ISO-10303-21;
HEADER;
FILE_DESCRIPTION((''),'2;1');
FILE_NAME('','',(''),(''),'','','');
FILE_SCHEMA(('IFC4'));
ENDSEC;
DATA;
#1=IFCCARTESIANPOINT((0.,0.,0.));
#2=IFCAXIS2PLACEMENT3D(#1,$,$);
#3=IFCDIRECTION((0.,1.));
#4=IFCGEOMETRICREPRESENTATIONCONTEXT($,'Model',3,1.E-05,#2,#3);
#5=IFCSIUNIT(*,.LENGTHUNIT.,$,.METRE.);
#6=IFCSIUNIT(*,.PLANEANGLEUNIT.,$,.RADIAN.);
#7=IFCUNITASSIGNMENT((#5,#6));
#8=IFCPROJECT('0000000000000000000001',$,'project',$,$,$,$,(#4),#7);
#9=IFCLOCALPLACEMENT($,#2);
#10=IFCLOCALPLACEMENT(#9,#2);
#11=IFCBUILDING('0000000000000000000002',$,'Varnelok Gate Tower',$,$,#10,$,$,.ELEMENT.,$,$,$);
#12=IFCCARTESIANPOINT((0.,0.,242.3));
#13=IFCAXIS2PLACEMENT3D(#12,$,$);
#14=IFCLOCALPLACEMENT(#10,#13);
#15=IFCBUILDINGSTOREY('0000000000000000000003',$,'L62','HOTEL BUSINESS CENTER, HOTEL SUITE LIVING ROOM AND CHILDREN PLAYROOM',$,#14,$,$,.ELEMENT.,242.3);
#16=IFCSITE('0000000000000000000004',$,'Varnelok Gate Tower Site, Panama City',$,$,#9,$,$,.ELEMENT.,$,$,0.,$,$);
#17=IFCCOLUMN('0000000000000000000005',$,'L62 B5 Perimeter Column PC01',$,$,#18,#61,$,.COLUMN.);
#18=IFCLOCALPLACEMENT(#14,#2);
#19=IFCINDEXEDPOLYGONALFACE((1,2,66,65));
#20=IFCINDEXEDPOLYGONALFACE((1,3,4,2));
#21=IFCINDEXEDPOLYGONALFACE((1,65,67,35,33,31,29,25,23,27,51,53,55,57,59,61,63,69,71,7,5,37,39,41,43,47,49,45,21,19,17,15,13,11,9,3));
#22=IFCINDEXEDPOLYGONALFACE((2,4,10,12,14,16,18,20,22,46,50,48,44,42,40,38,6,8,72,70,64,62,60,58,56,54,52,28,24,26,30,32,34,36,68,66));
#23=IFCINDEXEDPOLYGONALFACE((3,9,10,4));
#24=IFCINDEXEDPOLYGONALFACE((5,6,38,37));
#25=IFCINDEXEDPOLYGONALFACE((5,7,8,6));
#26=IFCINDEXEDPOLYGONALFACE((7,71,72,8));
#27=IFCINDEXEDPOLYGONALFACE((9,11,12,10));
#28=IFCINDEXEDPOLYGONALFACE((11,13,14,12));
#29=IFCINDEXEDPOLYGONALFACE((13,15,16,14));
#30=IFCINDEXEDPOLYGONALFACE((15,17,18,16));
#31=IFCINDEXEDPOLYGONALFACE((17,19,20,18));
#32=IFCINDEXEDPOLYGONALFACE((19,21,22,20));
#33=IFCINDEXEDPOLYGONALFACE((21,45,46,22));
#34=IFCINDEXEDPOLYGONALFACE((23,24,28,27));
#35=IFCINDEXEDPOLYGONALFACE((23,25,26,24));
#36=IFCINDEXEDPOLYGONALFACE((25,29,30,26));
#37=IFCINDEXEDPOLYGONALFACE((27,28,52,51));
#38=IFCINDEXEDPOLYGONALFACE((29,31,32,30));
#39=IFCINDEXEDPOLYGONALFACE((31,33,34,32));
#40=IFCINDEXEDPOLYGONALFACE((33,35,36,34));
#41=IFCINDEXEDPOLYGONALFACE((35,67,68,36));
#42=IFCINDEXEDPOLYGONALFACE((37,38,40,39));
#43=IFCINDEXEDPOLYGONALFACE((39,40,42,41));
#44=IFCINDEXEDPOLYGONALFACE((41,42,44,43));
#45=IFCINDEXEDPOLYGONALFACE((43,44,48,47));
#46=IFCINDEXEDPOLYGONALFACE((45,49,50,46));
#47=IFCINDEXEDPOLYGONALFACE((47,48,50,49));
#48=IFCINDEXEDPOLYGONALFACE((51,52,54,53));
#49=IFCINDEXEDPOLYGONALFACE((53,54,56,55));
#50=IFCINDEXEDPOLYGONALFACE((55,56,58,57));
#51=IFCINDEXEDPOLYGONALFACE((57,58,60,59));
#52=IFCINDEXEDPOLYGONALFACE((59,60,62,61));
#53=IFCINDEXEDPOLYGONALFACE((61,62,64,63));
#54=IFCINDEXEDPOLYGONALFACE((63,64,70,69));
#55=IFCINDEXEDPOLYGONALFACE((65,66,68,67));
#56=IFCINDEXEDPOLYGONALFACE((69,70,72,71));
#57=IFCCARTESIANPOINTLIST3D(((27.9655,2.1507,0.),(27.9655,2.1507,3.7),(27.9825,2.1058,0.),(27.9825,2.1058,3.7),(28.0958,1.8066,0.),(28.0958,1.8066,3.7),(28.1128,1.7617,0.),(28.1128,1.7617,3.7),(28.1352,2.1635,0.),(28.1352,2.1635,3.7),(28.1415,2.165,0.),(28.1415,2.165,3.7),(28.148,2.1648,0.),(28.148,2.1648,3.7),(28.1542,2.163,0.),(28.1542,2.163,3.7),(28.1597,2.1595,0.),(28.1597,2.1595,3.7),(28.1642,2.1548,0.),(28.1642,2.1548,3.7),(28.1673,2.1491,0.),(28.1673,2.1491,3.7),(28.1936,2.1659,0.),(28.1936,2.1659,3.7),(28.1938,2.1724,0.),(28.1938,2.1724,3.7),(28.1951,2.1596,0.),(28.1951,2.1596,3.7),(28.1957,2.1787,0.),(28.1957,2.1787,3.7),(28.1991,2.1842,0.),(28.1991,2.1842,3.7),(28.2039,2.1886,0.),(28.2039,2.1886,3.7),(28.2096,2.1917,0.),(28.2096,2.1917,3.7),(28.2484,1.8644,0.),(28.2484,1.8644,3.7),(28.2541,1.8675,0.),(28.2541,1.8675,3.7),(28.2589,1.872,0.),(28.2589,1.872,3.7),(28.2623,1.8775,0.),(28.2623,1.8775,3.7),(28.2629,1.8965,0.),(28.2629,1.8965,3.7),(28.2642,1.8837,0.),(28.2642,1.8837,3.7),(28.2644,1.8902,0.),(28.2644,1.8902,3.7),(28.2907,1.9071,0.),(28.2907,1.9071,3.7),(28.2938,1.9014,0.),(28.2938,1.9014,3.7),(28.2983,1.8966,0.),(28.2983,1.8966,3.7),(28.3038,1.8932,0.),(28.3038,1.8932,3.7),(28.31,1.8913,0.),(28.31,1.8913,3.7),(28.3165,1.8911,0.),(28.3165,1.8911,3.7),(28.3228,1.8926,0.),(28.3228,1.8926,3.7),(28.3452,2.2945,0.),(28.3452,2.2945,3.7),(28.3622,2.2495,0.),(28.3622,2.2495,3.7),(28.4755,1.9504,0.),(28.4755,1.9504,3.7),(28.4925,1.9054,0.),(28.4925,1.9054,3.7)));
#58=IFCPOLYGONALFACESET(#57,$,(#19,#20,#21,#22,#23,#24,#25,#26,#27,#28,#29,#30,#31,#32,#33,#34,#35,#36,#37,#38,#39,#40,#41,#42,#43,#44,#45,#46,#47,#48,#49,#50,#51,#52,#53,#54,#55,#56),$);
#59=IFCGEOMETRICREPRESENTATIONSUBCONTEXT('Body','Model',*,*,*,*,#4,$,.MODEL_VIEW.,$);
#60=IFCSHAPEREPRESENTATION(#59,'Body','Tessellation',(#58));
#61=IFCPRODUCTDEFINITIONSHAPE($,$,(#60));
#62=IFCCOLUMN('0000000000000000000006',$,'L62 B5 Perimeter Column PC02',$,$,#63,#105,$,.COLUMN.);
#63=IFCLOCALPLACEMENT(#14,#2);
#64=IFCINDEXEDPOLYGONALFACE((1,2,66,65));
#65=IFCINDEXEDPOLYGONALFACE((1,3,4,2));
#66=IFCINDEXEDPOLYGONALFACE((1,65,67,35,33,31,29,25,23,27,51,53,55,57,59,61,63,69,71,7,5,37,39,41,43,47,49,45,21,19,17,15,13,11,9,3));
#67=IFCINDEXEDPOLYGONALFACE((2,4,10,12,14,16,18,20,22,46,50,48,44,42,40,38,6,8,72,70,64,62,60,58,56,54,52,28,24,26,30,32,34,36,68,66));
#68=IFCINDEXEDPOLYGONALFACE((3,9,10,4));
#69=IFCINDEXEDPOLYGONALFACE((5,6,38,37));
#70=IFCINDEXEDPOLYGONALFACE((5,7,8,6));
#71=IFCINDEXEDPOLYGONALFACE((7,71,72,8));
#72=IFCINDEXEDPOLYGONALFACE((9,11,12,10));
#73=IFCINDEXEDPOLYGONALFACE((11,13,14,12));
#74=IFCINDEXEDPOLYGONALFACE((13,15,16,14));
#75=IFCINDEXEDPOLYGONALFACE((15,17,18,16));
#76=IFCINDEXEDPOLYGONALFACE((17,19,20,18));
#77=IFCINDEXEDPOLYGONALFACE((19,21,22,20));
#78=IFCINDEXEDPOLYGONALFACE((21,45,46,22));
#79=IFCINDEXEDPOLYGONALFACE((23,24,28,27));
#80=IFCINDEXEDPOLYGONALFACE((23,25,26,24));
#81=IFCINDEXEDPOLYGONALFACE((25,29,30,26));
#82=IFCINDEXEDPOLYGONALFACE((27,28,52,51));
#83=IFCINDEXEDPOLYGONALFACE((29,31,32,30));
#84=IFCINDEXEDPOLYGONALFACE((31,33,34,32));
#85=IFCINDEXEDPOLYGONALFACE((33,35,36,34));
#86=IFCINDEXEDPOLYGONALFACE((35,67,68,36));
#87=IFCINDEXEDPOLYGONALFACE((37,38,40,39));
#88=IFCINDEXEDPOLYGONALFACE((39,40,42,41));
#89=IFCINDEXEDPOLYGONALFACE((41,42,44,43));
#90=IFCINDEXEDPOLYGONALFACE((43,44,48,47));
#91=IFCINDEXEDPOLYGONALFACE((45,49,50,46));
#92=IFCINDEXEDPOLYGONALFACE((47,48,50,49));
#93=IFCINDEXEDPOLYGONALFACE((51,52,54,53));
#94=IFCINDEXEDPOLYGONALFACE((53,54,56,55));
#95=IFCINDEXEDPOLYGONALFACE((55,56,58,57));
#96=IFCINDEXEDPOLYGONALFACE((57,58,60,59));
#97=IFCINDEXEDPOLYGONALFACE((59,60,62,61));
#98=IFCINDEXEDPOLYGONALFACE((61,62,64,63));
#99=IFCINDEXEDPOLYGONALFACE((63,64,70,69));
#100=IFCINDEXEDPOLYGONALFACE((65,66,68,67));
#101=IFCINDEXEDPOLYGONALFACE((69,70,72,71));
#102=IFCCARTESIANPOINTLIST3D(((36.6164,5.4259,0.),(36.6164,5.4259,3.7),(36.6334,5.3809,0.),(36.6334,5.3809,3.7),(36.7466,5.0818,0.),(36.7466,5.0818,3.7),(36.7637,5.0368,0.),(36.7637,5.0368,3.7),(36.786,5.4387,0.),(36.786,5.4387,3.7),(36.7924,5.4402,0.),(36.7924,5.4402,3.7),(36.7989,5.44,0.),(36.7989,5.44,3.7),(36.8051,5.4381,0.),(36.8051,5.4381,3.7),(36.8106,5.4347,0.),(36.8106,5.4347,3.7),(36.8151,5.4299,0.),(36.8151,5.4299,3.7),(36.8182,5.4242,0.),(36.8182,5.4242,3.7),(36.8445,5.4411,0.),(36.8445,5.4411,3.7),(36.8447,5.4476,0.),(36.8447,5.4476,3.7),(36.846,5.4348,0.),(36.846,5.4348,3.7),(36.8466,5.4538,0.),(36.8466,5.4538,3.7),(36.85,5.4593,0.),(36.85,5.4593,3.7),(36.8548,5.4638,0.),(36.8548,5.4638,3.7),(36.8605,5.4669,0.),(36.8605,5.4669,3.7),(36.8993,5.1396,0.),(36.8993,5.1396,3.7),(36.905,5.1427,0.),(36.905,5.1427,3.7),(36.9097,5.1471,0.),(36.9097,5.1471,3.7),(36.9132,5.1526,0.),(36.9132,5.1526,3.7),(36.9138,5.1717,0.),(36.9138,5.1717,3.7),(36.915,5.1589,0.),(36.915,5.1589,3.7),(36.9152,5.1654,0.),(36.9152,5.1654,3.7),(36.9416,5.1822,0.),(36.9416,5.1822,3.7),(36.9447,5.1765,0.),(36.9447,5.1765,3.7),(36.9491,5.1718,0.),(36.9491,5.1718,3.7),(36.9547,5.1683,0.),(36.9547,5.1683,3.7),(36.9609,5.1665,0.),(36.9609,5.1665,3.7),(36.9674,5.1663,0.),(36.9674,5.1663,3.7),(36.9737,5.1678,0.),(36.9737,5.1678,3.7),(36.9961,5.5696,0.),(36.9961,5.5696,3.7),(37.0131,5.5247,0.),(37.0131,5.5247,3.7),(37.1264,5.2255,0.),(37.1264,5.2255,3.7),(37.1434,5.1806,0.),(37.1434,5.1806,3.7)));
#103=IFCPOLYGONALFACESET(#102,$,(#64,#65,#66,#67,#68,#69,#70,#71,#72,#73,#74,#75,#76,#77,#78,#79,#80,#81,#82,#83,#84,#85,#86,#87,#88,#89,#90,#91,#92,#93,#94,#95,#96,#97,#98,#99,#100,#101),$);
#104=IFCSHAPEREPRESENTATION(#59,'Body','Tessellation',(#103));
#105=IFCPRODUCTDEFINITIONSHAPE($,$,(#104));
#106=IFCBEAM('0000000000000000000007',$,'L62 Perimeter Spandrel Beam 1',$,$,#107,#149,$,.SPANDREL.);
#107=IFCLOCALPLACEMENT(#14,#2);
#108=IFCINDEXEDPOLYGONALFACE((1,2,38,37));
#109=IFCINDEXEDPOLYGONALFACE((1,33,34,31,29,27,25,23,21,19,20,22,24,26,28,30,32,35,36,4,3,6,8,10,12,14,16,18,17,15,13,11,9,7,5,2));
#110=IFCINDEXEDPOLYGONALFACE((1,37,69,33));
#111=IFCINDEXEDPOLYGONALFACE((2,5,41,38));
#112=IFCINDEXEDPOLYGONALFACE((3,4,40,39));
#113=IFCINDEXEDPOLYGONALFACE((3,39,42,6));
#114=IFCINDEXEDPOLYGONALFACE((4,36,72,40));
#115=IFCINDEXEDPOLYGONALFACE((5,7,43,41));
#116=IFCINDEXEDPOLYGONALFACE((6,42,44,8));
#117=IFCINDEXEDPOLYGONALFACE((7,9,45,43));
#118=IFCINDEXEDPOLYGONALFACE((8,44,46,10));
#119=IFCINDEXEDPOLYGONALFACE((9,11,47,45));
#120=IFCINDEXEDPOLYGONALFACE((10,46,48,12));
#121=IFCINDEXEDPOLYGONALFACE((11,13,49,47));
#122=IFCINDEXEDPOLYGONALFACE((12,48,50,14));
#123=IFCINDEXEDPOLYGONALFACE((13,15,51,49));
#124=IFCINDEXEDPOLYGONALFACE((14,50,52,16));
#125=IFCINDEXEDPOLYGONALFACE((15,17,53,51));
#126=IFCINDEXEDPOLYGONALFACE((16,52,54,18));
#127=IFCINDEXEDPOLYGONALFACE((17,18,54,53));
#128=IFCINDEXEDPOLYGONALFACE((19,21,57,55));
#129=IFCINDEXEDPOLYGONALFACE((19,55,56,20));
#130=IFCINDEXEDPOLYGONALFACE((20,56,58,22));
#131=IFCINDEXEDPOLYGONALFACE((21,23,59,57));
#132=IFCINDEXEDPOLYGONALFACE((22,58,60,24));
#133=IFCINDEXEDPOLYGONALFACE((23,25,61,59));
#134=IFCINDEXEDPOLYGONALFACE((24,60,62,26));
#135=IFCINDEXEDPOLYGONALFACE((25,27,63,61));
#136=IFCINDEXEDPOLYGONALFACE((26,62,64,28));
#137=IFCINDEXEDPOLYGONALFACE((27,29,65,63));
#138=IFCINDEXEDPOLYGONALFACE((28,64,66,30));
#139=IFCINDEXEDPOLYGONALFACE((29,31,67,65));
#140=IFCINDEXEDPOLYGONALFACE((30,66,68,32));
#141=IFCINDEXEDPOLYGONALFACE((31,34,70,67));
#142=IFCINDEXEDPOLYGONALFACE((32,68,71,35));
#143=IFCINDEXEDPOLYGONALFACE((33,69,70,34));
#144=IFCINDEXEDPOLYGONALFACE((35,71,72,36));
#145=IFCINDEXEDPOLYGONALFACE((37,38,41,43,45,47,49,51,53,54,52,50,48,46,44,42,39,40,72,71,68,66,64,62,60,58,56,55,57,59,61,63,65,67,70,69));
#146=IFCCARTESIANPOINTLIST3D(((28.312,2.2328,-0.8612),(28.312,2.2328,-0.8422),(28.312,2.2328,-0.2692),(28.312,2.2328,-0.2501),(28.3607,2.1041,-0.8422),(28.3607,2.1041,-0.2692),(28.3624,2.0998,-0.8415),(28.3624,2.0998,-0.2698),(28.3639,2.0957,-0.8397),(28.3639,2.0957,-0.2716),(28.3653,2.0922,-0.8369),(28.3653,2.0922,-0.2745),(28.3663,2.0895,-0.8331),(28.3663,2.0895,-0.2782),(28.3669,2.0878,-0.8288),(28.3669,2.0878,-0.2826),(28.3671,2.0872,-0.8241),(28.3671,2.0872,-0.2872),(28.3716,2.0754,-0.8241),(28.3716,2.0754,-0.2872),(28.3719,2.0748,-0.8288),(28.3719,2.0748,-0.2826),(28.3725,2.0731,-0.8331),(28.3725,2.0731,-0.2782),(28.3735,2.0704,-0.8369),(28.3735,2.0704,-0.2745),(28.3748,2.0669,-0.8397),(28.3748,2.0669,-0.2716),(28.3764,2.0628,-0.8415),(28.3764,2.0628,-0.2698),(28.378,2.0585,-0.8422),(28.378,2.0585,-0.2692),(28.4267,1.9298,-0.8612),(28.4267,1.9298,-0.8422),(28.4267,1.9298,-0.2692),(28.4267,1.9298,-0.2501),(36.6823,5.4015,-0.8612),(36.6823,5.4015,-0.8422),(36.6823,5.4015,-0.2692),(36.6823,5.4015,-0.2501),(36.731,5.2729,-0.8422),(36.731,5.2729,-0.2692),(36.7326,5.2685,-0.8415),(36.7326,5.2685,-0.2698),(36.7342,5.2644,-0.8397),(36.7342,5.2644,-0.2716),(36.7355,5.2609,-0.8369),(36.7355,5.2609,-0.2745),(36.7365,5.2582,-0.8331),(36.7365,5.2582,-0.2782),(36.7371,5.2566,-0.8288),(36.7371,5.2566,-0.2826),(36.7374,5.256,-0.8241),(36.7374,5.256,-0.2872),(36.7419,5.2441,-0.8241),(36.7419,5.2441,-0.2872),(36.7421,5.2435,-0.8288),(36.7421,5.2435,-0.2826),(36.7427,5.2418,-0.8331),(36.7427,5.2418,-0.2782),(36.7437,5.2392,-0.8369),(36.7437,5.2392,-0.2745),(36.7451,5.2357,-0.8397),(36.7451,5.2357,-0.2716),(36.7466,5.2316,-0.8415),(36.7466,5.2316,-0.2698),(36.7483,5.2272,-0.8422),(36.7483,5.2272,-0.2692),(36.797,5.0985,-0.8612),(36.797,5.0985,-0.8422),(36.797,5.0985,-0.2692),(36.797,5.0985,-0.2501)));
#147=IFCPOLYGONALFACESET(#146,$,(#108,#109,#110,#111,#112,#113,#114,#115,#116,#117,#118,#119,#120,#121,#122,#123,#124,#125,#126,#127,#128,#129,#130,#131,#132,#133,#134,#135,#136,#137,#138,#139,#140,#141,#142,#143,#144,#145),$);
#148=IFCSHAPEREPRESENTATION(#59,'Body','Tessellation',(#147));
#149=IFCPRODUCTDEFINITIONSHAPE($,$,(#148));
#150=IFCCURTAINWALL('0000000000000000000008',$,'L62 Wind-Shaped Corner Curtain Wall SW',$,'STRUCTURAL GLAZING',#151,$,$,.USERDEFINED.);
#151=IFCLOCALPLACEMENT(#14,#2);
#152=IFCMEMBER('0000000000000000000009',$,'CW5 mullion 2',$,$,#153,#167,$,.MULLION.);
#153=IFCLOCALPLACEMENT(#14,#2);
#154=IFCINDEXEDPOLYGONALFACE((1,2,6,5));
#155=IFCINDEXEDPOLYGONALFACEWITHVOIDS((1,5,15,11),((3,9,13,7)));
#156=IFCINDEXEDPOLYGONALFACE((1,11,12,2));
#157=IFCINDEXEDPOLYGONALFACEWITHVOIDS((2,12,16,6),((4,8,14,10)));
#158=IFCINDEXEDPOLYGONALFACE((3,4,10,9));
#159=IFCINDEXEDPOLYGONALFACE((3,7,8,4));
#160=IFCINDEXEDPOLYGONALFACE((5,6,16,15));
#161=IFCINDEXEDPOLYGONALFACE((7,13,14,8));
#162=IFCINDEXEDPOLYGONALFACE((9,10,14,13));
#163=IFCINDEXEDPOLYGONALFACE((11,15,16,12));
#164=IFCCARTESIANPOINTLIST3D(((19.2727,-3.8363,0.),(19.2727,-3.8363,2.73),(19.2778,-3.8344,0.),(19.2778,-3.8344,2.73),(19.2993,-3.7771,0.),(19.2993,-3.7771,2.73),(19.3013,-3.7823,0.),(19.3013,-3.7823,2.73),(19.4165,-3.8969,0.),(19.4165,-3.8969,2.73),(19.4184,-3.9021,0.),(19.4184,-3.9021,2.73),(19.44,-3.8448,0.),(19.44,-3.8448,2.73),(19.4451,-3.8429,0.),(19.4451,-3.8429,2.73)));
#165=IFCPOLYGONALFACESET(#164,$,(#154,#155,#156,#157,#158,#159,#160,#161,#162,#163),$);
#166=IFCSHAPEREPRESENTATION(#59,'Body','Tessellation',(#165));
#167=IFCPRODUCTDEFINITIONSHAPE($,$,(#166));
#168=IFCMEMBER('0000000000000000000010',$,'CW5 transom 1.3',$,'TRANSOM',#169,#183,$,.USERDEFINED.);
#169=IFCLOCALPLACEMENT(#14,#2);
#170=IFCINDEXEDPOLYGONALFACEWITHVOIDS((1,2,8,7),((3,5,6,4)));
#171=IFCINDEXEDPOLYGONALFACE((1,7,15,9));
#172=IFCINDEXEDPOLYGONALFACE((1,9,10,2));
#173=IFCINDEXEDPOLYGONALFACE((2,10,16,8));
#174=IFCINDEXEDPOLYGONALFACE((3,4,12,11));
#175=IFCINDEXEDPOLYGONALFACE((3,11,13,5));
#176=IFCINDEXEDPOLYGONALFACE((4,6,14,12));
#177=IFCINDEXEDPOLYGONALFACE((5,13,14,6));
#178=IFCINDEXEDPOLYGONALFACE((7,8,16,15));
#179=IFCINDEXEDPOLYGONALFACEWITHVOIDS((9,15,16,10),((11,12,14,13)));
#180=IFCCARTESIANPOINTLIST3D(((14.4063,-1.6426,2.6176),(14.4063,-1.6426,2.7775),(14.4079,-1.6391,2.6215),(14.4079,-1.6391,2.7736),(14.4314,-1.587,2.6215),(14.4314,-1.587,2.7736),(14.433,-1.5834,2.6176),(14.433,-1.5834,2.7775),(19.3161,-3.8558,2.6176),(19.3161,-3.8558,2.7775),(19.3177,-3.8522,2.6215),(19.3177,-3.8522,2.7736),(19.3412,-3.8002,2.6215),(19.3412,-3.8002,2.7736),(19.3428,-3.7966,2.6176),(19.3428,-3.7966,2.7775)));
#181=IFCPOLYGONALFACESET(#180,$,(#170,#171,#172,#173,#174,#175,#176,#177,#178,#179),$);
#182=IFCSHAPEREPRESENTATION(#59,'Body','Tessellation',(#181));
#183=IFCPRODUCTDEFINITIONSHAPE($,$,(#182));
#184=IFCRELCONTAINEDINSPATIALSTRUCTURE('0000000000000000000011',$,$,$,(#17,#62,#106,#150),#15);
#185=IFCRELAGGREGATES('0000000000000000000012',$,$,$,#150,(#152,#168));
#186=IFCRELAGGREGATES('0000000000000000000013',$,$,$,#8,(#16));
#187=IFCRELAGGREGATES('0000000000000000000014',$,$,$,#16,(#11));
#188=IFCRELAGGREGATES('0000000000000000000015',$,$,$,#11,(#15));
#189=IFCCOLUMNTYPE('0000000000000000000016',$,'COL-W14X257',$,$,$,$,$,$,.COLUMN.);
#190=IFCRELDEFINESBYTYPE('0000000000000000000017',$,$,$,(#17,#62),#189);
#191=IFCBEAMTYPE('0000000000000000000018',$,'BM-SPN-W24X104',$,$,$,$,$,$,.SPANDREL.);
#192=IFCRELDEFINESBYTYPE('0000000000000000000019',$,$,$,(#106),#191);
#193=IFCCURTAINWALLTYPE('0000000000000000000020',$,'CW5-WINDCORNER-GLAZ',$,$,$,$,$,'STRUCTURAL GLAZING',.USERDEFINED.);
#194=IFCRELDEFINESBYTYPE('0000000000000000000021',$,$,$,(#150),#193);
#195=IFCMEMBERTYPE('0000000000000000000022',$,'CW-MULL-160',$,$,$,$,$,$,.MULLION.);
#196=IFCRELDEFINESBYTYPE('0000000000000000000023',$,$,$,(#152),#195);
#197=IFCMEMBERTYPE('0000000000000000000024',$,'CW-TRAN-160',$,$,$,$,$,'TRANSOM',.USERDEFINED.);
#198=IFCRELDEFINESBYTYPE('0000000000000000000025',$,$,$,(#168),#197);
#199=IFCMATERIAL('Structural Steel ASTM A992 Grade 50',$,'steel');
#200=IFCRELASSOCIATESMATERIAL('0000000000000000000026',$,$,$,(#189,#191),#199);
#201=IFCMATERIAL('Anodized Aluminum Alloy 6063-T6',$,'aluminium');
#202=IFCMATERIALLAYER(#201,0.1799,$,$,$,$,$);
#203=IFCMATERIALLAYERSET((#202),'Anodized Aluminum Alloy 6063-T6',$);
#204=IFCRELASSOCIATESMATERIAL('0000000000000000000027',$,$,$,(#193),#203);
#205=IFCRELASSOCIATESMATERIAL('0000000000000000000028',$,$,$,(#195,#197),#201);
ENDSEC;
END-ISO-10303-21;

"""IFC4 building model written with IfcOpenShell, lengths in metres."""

from ifc_helpers import new_model, si_unit, direction, frame, origin, origin_2d, place, context, subcontext, project, spatial, hollow_rectangle, i_section, extrude, material, layer, layer_set, material_profile, profile_set, type_object, element, aggregate, save


model = new_model("IFC4")

# Units and contexts
model_context = context("Model", 3, precision=1e-05, world=origin(), true_north=direction((0.0, 1.0)))
body_context = subcontext(model_context, "Body", "Model", "MODEL_VIEW")
ifc_project = project(units=[si_unit("LENGTHUNIT", "METRE"), si_unit("PLANEANGLEUNIT", "RADIAN")], contexts=[model_context])

# Site, building, storey
site_placement = place(None, origin())
site = spatial("IfcSite", under=ifc_project, at=site_placement, Name="Varnelok Gate Tower Site, Panama City", CompositionType="ELEMENT", RefElevation=0.0)
building_placement = place(site_placement, origin())
building = spatial("IfcBuilding", under=site, at=building_placement, Name="Varnelok Gate Tower", CompositionType="ELEMENT")
storey_placement = place(building_placement, frame((0.0, 0.0, 242.3)))
storey = spatial("IfcBuildingStorey", under=building, at=storey_placement, Name="L62", Description="HOTEL BUSINESS CENTER, HOTEL SUITE LIVING ROOM AND CHILDREN PLAYROOM", CompositionType="ELEMENT", Elevation=242.3)

# Columns
ifc_material_1 = material(Name="Structural Steel ASTM A992 Grade 50", Category="steel")
ifc_material_profile_1 = material_profile(ifc_material_1, i_section(OverallWidth=0.406, OverallDepth=0.416, WebThickness=0.0298, FlangeThickness=0.0481, FilletRadius=0.0249, at=origin_2d()), Name="W14X257")
ifc_profile_set_1 = profile_set([ifc_material_profile_1], Name="Structural Steel ASTM A992 Grade 50")
column_type = type_object("IfcColumnType", Name="COL-W14X257", PredefinedType="COLUMN", material=ifc_profile_set_1)
for number, where, z_axis, x_axis, name in (
    (1, (28.229, 2.0281, 0.0), (0.0, 0.0, 1.0), (0.935222, 0.354063, 0.0), "L62 B5 Perimeter Column PC01"),
    (2, (36.8799, 5.3032, 0.0), (0.0, 0.0, 1.0), (0.935222, 0.354063, 0.0), "L62 B5 Perimeter Column PC02"),
):
    element("IfcColumn", number, at=place(storey_placement, frame(where, z_axis=z_axis, x_axis=x_axis)), inside=storey, type_object=column_type, Name=name, PredefinedType="COLUMN", context=body_context, shape_type="SweptSolid", body=[
        extrude(i_section(OverallWidth=0.406, OverallDepth=0.416, WebThickness=0.0298, FlangeThickness=0.0481, FilletRadius=0.0249, at=origin_2d()), origin(), (0.0, 0.0, 1.0), 3.7),
    ])

# Beam
ifc_material_profile_2 = material_profile(ifc_material_1, i_section(OverallWidth=0.324, OverallDepth=0.6111, WebThickness=0.0127, FlangeThickness=0.019, FilletRadius=0.0181, at=origin_2d()), Name="W24X104")
ifc_profile_set_2 = profile_set([ifc_material_profile_2], Name="Structural Steel ASTM A992 Grade 50")
beam_type = type_object("IfcBeamType", Name="BM-SPN-W24X104", PredefinedType="SPANDREL", material=ifc_profile_set_2)
beam_placement = place(storey_placement, frame((28.3694, 2.0813, -0.5557), z_axis=(0.935226, 0.354051, 0.0), x_axis=(-0.354051, 0.935226, 0.0)))
element("IfcBeam", 3, at=beam_placement, inside=storey, type_object=beam_type, Name="L62 Perimeter Spandrel Beam 1", PredefinedType="SPANDREL", context=body_context, shape_type="SweptSolid", body=[
    extrude(i_section(OverallWidth=0.324, OverallDepth=0.6111, WebThickness=0.0127, FlangeThickness=0.019, FilletRadius=0.0181, at=origin_2d()), origin(), (0.0, 0.0, 1.0), 8.95),
])

# Curtain wall, members
ifc_material_2 = material(Name="Anodized Aluminum Alloy 6063-T6", Category="aluminium")
ifc_layer_1 = layer(ifc_material_2, 0.1799)
ifc_layer_set_1 = layer_set([ifc_layer_1], Name="Anodized Aluminum Alloy 6063-T6")
curtain_wall_type = type_object("IfcCurtainWallType", Name="CW5-WINDCORNER-GLAZ", ElementType="STRUCTURAL GLAZING", PredefinedType="USERDEFINED", material=ifc_layer_set_1)
curtain_wall_placement = place(storey_placement, origin())
curtain_wall = element("IfcCurtainWall", 4, at=curtain_wall_placement, inside=storey, type_object=curtain_wall_type, Name="L62 Wind-Shaped Corner Curtain Wall SW", ObjectType="STRUCTURAL GLAZING", PredefinedType="USERDEFINED")
ifc_material_profile_3 = material_profile(ifc_material_2, hollow_rectangle(XDim=0.0649, YDim=0.1599, WallThickness=0.0039, at=origin_2d()), Name="ALU160X65X4")
ifc_profile_set_3 = profile_set([ifc_material_profile_3], Name="Anodized Aluminum Alloy 6063-T6")
member_type_1 = type_object("IfcMemberType", Name="CW-MULL-160", PredefinedType="MULLION", material=ifc_profile_set_3)
member_1_placement = place(storey_placement, frame((19.3589, -3.8396, 0.0), z_axis=(0.0, 0.0, 1.0), x_axis=(0.410939, 0.911663, 0.0)))
member_1 = element("IfcMember", 5, at=member_1_placement, type_object=member_type_1, Name="CW5 mullion 2", PredefinedType="MULLION", context=body_context, shape_type="SweptSolid", body=[
    extrude(hollow_rectangle(XDim=0.0649, YDim=0.1599, WallThickness=0.0039, at=origin_2d()), origin(), (0.0, 0.0, 1.0), 2.73),
])
ifc_material_profile_4 = material_profile(ifc_material_2, hollow_rectangle(XDim=0.0649, YDim=0.1599, WallThickness=0.0039, at=origin_2d()), Name="ALU160X65X4")
ifc_profile_set_4 = profile_set([ifc_material_profile_4], Name="Anodized Aluminum Alloy 6063-T6")
member_type_2 = type_object("IfcMemberType", Name="CW-TRAN-160", ElementType="TRANSOM", PredefinedType="USERDEFINED", material=ifc_profile_set_4)
member_2_placement = place(storey_placement, frame((14.4197, -1.613, 2.6975), z_axis=(0.911658, -0.410949, 0.0), x_axis=(0.410949, 0.911658, 0.0)))
member_2 = element("IfcMember", 6, at=member_2_placement, type_object=member_type_2, Name="CW5 transom 1.3", ObjectType="TRANSOM", PredefinedType="USERDEFINED", context=body_context, shape_type="SweptSolid", body=[
    extrude(hollow_rectangle(XDim=0.0649, YDim=0.1599, WallThickness=0.0039, at=origin_2d()), origin(), (0.0, 0.0, 1.0), 5.3855),
])
aggregate(curtain_wall, [member_1, member_2])

save(model, "model.ifc")
